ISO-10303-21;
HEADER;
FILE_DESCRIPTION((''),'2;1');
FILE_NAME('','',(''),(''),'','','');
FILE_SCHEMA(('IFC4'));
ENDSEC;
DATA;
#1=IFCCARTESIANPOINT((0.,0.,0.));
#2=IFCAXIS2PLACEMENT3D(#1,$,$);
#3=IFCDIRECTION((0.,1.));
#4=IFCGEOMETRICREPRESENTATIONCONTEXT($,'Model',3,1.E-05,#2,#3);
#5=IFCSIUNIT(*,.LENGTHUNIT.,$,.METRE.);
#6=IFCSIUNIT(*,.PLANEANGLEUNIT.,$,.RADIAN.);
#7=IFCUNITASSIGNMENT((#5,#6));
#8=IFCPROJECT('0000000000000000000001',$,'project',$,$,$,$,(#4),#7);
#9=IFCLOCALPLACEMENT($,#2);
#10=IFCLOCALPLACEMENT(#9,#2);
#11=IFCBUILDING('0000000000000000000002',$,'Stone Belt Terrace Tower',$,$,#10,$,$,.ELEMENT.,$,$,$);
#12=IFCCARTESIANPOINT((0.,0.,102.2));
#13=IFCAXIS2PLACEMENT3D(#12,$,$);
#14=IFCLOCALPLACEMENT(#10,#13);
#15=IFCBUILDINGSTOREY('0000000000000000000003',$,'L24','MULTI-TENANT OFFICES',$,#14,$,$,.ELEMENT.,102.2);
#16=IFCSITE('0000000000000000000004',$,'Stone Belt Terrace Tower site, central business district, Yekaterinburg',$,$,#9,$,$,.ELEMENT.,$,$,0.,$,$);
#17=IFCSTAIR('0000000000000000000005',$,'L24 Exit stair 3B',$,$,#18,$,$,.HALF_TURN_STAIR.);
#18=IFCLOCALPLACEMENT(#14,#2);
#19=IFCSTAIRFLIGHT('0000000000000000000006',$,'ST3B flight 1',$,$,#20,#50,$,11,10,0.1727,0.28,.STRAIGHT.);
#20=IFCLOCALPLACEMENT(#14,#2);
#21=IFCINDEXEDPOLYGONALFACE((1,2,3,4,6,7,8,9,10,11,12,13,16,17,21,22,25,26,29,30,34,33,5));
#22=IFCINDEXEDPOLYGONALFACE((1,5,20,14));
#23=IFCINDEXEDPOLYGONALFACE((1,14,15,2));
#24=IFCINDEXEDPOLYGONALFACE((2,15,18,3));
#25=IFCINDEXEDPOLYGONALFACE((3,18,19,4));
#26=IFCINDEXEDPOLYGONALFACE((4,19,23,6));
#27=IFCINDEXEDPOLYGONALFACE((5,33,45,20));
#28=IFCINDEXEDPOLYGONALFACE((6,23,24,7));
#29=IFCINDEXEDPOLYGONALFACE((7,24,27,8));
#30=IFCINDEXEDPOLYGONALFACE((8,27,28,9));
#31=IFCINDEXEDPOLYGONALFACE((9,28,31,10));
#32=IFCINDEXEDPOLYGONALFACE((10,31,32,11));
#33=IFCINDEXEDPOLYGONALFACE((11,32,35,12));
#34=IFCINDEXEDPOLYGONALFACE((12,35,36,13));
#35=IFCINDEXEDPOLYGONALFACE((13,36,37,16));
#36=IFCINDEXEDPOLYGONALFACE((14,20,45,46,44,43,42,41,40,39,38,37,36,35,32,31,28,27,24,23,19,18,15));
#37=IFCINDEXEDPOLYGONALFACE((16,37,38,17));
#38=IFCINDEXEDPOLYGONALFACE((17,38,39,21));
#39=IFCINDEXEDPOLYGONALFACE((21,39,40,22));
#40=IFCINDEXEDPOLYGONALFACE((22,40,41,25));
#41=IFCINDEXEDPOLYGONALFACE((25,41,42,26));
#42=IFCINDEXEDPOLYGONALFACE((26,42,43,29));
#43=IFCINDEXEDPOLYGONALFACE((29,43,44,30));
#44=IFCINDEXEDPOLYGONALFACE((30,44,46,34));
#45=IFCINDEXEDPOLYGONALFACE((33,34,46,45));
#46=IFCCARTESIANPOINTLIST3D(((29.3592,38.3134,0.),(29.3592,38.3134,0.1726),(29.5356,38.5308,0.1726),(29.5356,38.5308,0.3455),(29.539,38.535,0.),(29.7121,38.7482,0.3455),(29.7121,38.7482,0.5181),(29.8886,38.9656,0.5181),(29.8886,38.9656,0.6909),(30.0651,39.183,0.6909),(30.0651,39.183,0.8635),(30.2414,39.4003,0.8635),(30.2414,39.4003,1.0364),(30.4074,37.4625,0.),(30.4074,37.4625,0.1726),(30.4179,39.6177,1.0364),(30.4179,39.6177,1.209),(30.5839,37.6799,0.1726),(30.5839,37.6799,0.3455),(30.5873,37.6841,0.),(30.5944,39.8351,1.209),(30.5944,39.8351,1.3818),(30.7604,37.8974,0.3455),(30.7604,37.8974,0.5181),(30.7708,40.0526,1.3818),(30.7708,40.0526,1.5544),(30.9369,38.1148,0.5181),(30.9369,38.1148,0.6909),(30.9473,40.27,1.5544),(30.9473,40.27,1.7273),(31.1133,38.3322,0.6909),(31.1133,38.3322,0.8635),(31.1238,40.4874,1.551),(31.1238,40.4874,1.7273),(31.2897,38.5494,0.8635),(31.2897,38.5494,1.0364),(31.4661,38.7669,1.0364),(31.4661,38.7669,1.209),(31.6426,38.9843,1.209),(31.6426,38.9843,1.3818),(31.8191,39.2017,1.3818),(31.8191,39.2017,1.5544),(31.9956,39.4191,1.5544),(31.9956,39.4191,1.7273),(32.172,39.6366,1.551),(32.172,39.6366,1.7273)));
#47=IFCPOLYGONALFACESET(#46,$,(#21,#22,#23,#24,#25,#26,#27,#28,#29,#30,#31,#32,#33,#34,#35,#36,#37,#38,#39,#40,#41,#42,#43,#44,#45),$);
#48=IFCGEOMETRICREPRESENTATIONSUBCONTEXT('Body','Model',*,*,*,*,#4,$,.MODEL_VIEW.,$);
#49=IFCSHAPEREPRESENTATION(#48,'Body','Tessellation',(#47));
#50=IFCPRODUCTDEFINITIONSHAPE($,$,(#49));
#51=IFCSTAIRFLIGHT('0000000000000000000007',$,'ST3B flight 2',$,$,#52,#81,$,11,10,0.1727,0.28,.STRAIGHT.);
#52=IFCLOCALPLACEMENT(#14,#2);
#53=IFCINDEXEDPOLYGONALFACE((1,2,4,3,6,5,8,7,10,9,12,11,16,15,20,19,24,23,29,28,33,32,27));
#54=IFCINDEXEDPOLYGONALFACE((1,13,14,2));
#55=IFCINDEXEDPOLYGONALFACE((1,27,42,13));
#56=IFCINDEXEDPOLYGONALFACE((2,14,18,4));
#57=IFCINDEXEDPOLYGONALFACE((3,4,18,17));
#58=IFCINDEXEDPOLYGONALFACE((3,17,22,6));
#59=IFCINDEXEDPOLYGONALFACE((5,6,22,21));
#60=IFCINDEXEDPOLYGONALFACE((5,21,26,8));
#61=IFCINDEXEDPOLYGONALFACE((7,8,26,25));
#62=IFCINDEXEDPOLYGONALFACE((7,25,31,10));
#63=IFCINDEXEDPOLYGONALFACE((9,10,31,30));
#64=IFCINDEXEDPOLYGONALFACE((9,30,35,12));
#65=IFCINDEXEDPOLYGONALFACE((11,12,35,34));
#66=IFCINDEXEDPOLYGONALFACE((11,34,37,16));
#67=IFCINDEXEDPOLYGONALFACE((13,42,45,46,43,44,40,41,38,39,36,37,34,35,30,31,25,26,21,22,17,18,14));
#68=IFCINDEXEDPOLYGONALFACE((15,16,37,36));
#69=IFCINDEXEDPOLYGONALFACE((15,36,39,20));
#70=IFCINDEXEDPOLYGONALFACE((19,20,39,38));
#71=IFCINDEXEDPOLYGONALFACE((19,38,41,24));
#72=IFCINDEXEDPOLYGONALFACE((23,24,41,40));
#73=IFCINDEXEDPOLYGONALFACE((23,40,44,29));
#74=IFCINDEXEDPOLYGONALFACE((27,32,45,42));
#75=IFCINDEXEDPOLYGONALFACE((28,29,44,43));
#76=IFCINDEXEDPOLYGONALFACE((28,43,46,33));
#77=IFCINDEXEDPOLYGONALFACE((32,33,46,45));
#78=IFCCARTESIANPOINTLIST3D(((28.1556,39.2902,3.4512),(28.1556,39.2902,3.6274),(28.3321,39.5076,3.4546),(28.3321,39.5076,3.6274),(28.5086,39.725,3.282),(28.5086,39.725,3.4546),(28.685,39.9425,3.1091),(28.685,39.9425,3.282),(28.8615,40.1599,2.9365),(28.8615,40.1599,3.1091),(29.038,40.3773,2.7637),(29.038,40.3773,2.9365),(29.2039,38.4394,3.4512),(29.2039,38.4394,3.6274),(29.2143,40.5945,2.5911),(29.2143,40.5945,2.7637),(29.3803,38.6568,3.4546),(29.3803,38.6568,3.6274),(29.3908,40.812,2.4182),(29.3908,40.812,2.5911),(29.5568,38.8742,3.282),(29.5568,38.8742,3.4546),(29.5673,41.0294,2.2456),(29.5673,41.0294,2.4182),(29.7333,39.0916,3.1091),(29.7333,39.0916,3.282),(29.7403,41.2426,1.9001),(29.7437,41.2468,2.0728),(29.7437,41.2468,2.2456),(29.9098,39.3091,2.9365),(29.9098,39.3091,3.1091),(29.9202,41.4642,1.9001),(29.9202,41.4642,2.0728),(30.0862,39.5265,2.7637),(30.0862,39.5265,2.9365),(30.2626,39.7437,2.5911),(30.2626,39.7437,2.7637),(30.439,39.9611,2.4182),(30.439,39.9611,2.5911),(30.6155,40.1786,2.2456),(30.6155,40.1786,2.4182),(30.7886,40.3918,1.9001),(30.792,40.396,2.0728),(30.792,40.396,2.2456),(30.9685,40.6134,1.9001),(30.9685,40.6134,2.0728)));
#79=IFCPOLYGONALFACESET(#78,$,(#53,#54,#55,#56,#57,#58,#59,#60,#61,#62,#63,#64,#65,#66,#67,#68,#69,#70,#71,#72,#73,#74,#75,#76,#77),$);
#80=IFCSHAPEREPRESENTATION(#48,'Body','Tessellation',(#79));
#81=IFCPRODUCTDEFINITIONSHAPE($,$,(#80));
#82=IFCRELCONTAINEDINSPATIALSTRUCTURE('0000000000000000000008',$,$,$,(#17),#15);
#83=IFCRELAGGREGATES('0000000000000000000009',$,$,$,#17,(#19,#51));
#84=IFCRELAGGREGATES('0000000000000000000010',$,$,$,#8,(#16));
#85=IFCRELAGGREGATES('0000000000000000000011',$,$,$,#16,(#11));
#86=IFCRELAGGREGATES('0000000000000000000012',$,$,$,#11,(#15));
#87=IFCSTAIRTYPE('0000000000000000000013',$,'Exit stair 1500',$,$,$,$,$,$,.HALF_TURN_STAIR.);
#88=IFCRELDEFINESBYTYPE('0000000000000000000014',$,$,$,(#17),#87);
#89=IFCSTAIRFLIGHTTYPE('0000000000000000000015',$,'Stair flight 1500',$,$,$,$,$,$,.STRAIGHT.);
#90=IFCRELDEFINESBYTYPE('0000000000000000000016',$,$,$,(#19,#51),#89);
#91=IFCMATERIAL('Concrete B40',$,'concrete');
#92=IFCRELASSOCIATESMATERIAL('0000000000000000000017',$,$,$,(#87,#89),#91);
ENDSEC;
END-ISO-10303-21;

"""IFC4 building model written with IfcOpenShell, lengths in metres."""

from ifc_helpers import new_model, si_unit, direction, frame, origin, place, context, subcontext, project, spatial, polyline, outline, extrude, material, type_object, element, aggregate, save


model = new_model("IFC4")

# Units and contexts
model_context = context("Model", 3, precision=1e-05, world=origin(), true_north=direction((0.0, 1.0)))
body_context = subcontext(model_context, "Body", "Model", "MODEL_VIEW")
ifc_project = project(units=[si_unit("LENGTHUNIT", "METRE"), si_unit("PLANEANGLEUNIT", "RADIAN")], contexts=[model_context])

# Site, building, storey
site_placement = place(None, origin())
site = spatial("IfcSite", under=ifc_project, at=site_placement, Name="Stone Belt Terrace Tower site, central business district, Yekaterinburg", CompositionType="ELEMENT", RefElevation=0.0)
building_placement = place(site_placement, origin())
building = spatial("IfcBuilding", under=site, at=building_placement, Name="Stone Belt Terrace Tower", CompositionType="ELEMENT")
storey_placement = place(building_placement, frame((0.0, 0.0, 102.2)))
storey = spatial("IfcBuildingStorey", under=building, at=storey_placement, Name="L24", Description="MULTI-TENANT OFFICES", CompositionType="ELEMENT", Elevation=102.2)

# Stair, stair flights
ifc_material_1 = material(Name="Concrete B40", Category="concrete")
stair_type = type_object("IfcStairType", Name="Exit stair 1500", PredefinedType="HALF_TURN_STAIR", material=ifc_material_1)
stair_placement = place(storey_placement, origin())
stair = element("IfcStair", 1, at=stair_placement, inside=storey, type_object=stair_type, Name="L24 Exit stair 3B", PredefinedType="HALF_TURN_STAIR")
stair_flight_type = type_object("IfcStairFlightType", Name="Stair flight 1500", PredefinedType="STRAIGHT", material=ifc_material_1)
stair_flight_1_placement = place(storey_placement, frame((29.8833, 37.8879, 0.0), z_axis=(0.0, 0.0, 1.0), x_axis=(0.630206, 0.776428, 0.0)))
stair_flight_1 = element("IfcStairFlight", 2, at=stair_flight_1_placement, type_object=stair_flight_type, Name="ST3B flight 1", NumberOfRisers=11, NumberOfTreads=10, PredefinedType="STRAIGHT", RiserHeight=0.1727, TreadLength=0.28, context=body_context, shape_type="SweptSolid", body=[
    extrude(outline(polyline([(0.0, 0.0), (0.0, 0.1726), (0.28, 0.1726), (0.28, 0.3455), (0.5601, 0.3455), (0.5601, 0.5181), (0.8401, 0.5181), (0.8401, 0.6909), (1.1201, 0.6909), (1.1201, 0.8635), (1.3999, 0.8635), (1.3999, 1.0364), (1.6799, 1.0364), (1.6799, 1.209), (1.96, 1.209), (1.96, 1.3818), (2.24, 1.3818), (2.24, 1.5544), (2.52, 1.5544), (2.52, 1.7273), (2.8, 1.7273), (2.8, 1.8999), (2.8, 1.551), (0.2854, 0.0), (0.0, 0.0)])), frame((0.0, 0.675, 0.0), z_axis=(0.0, -1.0, 0.0), x_axis=(1.0, 0.0, 0.0)), (0.0, 0.0, 1.0), 1.3501),
])
stair_flight_2_placement = place(storey_placement, frame((30.4443, 41.0388, 1.9001), z_axis=(0.0, 0.0, 1.0), x_axis=(-0.630206, -0.776428, 0.0)))
stair_flight_2 = element("IfcStairFlight", 3, at=stair_flight_2_placement, type_object=stair_flight_type, Name="ST3B flight 2", NumberOfRisers=11, NumberOfTreads=10, PredefinedType="STRAIGHT", RiserHeight=0.1727, TreadLength=0.28, context=body_context, shape_type="SweptSolid", body=[
    extrude(outline(polyline([(0.0, 0.0), (0.0, 0.1726), (0.28, 0.1726), (0.28, 0.3455), (0.5601, 0.3455), (0.5601, 0.5181), (0.8401, 0.5181), (0.8401, 0.6909), (1.1201, 0.6909), (1.1201, 0.8635), (1.3999, 0.8635), (1.3999, 1.0364), (1.6799, 1.0364), (1.6799, 1.209), (1.96, 1.209), (1.96, 1.3818), (2.24, 1.3818), (2.24, 1.5544), (2.52, 1.5544), (2.52, 1.7273), (2.8, 1.7273), (2.8, 1.8999), (2.8, 1.551), (0.2854, 0.0), (0.0, 0.0)])), frame((0.0, 0.675, 0.0), z_axis=(0.0, -1.0, 0.0), x_axis=(1.0, 0.0, 0.0)), (0.0, 0.0, 1.0), 1.3501),
])
aggregate(stair, [stair_flight_1, stair_flight_2])

save(model, "model.ifc")
